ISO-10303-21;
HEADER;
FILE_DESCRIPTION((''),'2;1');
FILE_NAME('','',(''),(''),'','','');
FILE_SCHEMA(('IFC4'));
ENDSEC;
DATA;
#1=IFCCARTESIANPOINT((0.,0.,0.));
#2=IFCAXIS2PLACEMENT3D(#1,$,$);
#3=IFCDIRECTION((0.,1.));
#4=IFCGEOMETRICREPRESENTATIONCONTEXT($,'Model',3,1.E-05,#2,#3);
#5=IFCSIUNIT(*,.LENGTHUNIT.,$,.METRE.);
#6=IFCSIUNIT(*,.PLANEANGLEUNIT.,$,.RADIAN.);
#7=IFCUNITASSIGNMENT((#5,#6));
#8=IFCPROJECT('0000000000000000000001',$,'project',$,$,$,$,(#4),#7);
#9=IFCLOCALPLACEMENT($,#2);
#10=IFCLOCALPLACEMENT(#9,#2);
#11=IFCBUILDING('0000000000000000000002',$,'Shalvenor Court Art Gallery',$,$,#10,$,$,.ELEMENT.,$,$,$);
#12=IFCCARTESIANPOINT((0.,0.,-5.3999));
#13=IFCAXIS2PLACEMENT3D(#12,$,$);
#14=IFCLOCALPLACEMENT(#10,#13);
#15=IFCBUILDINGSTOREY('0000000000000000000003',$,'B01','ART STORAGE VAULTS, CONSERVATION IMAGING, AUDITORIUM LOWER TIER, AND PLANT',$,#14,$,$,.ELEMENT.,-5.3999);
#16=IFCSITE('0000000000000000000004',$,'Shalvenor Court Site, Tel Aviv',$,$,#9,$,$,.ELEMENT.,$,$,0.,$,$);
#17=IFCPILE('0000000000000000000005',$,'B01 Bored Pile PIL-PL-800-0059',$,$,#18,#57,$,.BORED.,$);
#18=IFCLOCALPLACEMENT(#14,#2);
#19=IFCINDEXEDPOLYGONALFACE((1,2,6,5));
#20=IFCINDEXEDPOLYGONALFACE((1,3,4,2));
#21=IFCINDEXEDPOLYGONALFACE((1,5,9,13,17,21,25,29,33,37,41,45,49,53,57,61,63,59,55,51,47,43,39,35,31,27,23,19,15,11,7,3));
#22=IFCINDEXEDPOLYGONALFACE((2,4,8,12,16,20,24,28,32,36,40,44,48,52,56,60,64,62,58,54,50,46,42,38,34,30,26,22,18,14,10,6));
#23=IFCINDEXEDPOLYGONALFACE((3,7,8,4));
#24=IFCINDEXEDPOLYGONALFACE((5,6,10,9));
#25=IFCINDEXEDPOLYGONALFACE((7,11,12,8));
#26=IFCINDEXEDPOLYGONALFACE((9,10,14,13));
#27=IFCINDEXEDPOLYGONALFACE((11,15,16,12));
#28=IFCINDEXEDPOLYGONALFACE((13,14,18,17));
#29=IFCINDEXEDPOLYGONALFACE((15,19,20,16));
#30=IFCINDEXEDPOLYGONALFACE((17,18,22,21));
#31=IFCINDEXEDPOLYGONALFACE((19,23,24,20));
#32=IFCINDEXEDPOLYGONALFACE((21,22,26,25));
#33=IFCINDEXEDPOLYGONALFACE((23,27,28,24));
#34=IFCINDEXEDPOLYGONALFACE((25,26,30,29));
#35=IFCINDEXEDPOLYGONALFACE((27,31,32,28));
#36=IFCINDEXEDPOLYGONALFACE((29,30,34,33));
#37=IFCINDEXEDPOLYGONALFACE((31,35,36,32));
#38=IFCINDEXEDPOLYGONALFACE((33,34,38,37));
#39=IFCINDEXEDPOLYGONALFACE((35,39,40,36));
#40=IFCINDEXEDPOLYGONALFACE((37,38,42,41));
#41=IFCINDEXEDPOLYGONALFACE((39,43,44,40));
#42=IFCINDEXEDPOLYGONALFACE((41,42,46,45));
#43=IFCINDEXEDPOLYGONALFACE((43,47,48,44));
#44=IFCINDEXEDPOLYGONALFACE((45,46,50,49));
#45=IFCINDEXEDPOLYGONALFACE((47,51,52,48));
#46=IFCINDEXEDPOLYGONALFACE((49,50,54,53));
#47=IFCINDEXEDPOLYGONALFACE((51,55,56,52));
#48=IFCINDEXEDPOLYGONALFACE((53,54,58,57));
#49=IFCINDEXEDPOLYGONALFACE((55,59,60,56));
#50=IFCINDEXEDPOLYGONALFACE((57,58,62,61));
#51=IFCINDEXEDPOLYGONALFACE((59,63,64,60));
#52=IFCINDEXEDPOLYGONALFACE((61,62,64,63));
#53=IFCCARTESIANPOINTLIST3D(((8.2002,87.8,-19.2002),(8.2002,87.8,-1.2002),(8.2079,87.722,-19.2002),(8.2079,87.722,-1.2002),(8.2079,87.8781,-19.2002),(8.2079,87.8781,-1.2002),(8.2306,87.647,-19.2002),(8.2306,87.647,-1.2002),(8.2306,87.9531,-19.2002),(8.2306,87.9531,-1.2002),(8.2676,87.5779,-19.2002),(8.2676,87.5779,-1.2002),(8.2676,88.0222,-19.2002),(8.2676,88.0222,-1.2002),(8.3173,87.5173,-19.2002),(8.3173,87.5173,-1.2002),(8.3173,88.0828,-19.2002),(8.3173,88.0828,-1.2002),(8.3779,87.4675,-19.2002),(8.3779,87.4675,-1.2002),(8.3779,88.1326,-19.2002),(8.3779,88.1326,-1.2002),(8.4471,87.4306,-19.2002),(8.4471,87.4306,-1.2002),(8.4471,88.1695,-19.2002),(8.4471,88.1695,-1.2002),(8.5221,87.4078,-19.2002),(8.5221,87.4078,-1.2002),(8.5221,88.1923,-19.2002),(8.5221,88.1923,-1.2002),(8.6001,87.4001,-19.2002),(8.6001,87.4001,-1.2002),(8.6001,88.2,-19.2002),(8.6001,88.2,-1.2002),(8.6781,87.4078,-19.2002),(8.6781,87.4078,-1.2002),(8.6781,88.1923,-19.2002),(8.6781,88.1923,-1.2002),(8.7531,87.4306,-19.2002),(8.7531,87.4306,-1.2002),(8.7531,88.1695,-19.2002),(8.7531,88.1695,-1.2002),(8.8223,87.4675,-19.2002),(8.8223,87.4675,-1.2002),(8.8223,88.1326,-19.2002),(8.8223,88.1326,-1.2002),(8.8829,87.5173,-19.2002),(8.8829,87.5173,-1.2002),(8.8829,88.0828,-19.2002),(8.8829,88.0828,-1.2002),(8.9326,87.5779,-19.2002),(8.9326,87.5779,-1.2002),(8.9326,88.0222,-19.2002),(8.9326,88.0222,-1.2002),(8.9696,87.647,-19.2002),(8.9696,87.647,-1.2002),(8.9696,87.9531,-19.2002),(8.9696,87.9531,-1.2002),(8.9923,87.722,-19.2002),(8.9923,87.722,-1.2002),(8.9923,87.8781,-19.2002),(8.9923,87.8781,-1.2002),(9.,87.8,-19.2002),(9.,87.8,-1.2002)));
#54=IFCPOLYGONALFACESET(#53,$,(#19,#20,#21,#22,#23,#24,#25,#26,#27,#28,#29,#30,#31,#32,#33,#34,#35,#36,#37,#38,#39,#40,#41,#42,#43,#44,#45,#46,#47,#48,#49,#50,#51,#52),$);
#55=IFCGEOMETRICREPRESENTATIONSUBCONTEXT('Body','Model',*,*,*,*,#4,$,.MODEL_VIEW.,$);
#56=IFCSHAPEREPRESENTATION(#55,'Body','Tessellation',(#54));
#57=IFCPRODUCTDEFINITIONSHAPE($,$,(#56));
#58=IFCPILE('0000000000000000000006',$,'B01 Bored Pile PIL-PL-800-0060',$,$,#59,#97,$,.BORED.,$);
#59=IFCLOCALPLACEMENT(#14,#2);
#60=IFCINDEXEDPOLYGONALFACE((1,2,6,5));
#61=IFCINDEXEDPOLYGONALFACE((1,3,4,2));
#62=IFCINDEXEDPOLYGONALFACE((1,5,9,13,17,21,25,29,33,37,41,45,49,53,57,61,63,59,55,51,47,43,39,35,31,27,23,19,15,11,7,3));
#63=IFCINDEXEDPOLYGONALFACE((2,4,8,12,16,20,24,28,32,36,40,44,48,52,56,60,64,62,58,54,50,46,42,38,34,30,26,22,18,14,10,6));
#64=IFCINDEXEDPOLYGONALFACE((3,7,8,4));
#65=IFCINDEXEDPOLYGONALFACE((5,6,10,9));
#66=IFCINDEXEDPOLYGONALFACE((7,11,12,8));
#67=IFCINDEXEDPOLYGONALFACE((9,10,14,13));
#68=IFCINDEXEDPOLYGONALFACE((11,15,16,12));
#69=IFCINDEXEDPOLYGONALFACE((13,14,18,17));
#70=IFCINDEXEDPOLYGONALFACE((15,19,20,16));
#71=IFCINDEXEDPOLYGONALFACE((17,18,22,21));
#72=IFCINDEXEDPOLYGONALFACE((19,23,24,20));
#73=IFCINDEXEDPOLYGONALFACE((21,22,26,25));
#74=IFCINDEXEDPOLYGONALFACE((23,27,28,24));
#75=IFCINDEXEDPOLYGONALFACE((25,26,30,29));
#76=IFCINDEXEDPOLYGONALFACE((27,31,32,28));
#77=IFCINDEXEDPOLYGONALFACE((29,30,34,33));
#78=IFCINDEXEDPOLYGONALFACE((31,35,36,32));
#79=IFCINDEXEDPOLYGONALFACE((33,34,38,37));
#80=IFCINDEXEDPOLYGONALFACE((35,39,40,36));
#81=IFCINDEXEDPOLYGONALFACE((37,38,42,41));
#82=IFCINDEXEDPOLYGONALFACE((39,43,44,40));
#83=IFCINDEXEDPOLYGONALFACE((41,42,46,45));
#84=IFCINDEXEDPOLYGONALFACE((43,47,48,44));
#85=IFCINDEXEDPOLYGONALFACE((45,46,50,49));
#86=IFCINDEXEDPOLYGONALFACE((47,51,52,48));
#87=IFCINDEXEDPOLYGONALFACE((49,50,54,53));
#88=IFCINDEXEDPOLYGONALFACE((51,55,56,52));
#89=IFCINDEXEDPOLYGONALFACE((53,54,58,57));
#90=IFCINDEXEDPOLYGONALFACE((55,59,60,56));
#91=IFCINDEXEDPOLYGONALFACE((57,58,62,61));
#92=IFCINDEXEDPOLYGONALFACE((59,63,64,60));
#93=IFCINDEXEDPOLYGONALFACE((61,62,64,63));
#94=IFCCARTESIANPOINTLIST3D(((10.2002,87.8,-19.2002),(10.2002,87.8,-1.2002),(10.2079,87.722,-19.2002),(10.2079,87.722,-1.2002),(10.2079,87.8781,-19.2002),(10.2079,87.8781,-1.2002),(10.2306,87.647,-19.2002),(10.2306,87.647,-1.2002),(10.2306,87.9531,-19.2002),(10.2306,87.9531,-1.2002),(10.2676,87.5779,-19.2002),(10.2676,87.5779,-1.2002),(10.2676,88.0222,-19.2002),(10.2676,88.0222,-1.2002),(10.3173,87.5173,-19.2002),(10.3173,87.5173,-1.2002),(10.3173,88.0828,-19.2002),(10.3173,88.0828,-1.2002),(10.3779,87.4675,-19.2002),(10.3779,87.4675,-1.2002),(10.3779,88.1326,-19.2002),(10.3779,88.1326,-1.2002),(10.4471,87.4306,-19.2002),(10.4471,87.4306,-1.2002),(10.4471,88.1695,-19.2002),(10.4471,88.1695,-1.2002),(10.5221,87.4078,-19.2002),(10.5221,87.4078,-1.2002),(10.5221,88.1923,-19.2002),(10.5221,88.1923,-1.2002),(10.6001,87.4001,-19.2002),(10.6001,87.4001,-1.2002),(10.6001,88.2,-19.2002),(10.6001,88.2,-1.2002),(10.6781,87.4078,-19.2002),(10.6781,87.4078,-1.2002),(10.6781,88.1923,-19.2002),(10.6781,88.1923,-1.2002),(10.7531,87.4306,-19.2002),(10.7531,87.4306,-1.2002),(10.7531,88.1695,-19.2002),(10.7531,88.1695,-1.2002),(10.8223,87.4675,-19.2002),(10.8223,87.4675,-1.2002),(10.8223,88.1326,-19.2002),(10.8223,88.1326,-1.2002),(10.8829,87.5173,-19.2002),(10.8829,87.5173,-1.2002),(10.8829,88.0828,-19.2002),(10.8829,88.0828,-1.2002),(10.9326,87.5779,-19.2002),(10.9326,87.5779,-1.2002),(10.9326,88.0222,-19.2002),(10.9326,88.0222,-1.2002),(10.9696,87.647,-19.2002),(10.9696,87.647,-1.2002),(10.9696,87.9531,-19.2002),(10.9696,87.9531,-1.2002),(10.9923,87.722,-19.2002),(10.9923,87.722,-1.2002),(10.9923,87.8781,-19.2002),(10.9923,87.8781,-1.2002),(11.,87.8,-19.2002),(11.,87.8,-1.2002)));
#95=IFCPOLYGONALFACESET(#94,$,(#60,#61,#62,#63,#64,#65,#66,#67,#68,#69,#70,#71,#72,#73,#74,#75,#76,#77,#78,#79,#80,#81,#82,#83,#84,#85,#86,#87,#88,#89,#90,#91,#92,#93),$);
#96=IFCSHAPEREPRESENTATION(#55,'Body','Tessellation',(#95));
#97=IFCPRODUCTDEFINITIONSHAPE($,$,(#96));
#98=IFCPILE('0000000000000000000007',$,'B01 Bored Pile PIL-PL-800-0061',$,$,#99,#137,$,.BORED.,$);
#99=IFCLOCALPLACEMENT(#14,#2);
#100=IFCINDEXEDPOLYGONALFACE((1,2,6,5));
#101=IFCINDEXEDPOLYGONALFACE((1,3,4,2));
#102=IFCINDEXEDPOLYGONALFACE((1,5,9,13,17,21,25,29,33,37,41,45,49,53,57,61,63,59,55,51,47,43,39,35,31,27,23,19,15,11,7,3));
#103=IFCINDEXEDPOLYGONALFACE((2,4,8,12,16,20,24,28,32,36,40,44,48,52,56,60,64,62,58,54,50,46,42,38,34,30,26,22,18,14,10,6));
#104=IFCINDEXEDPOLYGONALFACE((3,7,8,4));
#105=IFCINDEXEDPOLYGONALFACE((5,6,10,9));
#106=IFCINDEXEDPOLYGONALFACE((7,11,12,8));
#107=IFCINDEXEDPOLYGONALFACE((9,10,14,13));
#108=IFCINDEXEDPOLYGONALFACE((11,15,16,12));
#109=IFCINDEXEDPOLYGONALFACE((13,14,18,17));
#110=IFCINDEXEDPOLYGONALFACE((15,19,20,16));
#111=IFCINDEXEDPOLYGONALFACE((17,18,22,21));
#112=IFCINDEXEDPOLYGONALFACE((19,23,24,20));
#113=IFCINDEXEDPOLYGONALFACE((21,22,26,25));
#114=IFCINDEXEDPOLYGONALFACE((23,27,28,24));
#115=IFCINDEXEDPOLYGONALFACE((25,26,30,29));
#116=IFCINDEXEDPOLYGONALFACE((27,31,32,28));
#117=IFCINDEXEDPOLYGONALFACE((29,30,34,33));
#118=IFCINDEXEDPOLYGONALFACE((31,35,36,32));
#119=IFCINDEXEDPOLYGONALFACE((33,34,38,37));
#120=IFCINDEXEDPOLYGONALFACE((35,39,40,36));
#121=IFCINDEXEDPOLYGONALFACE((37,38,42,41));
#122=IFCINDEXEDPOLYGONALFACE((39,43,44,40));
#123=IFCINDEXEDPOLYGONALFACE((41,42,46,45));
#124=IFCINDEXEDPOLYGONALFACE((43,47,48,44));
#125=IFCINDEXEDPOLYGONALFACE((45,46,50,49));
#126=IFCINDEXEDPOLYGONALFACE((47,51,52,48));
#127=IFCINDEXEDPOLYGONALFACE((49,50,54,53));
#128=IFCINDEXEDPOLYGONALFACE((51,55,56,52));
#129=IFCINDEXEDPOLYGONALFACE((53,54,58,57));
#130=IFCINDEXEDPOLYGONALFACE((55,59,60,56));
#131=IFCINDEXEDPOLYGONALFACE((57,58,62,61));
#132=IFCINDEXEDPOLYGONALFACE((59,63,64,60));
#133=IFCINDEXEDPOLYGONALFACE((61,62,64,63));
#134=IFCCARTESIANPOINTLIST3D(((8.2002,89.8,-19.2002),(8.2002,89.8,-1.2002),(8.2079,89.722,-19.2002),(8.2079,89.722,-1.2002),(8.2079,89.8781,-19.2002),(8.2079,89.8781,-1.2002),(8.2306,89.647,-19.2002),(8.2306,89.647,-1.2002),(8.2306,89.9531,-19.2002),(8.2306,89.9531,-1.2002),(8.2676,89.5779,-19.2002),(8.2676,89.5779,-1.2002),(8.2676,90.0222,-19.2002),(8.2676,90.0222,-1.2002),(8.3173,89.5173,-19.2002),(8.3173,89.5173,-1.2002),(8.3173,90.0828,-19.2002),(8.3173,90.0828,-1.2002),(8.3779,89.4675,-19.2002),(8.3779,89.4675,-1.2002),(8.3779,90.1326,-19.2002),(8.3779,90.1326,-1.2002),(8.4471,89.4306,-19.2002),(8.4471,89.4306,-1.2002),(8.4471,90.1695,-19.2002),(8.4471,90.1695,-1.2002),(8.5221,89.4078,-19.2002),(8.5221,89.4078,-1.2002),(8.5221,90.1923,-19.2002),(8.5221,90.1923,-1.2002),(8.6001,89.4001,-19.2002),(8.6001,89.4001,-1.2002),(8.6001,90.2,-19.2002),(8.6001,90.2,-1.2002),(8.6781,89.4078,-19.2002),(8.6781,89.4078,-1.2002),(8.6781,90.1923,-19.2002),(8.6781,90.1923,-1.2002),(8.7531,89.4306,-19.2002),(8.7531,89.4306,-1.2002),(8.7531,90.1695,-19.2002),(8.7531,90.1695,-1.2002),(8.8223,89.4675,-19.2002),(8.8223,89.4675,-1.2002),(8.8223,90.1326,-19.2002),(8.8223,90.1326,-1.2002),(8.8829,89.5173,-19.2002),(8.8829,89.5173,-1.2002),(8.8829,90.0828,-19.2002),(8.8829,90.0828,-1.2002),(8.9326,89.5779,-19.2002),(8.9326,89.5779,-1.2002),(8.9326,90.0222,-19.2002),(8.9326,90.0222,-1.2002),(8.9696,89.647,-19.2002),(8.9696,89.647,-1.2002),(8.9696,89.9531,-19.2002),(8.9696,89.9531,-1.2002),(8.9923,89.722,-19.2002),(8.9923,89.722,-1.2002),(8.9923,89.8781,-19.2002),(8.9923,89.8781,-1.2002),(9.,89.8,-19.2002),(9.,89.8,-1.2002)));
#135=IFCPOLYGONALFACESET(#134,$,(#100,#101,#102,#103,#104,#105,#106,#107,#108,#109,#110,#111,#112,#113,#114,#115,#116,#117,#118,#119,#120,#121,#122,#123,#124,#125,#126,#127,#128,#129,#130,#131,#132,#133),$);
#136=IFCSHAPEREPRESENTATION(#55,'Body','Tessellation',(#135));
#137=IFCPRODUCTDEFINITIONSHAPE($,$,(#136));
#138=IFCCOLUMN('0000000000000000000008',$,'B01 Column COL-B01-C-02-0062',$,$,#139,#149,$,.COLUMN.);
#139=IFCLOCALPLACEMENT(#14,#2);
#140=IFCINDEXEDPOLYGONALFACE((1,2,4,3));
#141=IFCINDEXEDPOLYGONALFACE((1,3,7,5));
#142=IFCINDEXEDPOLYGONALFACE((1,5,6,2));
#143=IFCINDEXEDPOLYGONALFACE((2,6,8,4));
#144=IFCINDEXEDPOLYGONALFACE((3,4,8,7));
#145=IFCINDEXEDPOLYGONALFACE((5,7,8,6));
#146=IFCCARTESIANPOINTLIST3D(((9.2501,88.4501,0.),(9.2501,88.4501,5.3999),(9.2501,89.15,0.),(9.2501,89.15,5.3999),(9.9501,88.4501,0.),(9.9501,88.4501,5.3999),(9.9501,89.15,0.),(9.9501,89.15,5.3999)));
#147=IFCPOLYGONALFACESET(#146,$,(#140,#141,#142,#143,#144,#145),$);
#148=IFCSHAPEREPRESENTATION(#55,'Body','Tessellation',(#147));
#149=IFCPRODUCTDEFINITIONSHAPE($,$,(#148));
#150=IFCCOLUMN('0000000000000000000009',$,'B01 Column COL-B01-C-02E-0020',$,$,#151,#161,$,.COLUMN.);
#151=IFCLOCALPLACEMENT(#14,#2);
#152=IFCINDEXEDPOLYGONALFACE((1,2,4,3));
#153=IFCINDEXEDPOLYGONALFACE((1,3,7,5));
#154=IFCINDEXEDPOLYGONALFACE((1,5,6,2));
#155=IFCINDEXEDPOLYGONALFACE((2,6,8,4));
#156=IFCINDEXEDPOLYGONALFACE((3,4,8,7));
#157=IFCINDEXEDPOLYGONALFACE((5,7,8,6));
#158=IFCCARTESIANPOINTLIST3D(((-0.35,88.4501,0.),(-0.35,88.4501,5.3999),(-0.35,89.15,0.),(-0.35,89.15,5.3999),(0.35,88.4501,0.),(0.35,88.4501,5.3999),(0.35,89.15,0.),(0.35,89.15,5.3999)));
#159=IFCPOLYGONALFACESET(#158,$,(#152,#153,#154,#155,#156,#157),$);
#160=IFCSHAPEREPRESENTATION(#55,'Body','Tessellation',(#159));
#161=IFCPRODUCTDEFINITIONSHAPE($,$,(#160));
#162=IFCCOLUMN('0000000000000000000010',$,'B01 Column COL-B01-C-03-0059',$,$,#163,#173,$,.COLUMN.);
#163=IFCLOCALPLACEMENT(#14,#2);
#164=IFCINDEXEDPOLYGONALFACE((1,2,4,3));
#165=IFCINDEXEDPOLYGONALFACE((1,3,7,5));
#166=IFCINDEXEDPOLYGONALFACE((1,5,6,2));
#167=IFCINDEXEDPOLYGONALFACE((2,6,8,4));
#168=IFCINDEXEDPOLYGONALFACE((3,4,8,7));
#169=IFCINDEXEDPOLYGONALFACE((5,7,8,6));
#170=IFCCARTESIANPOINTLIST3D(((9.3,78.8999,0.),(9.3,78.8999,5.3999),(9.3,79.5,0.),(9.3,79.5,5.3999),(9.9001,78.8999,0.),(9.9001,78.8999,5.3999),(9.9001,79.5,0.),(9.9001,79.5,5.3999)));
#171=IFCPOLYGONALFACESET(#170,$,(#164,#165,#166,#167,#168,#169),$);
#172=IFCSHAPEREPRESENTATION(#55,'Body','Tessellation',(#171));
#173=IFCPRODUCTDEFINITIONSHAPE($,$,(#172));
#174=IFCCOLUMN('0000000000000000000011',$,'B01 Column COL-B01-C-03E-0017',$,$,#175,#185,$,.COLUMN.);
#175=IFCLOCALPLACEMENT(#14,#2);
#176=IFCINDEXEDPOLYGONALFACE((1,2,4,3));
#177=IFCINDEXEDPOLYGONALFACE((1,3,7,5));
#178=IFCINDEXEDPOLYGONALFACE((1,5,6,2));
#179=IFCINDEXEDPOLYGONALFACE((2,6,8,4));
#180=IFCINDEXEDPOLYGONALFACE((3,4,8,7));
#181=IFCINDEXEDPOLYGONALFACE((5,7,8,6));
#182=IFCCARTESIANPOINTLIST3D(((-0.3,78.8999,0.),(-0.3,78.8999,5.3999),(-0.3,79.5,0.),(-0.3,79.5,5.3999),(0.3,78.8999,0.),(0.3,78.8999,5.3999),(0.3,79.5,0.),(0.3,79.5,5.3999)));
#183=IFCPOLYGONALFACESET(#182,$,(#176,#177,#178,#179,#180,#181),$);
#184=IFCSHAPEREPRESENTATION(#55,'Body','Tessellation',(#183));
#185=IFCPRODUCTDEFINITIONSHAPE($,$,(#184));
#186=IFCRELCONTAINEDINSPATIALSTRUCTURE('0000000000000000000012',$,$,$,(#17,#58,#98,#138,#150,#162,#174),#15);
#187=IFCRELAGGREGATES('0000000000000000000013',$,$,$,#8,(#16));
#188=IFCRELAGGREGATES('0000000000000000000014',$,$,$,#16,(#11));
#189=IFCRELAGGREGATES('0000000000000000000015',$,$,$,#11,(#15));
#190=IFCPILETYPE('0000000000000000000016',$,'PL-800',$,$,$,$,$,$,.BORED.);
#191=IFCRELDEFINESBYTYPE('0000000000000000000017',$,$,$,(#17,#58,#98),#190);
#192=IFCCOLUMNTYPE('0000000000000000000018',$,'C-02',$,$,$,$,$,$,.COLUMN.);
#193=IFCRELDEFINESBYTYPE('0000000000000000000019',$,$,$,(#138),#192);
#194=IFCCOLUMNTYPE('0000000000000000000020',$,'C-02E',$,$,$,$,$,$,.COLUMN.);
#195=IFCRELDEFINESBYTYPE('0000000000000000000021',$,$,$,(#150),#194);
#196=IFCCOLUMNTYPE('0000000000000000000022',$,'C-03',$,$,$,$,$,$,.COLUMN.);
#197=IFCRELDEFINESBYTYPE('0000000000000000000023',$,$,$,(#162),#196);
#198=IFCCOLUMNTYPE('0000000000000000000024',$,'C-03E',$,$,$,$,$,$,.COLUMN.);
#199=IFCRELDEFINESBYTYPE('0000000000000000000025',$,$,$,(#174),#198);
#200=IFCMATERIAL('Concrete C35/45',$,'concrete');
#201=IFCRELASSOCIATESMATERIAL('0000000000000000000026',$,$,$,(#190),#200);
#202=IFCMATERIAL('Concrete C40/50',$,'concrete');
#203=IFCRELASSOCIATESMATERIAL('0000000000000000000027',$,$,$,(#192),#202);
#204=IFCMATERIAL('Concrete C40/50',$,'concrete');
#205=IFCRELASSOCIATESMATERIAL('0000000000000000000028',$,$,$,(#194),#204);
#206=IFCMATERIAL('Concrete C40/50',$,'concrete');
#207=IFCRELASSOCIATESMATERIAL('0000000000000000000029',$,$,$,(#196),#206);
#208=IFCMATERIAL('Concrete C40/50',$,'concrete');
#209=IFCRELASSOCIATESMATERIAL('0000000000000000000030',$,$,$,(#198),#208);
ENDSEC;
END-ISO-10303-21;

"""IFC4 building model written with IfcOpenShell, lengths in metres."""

from ifc_helpers import new_model, si_unit, direction, frame, origin, origin_2d, place, context, subcontext, project, spatial, rectangle, circle, extrude, material, material_profile, profile_set, type_object, element, save


model = new_model("IFC4")

# Units and contexts
model_context = context("Model", 3, precision=1e-05, world=origin(), true_north=direction((0.0, 1.0)))
body_context = subcontext(model_context, "Body", "Model", "MODEL_VIEW")
ifc_project = project(units=[si_unit("LENGTHUNIT", "METRE"), si_unit("PLANEANGLEUNIT", "RADIAN")], contexts=[model_context])

# Site, building, storey
site_placement = place(None, origin())
site = spatial("IfcSite", under=ifc_project, at=site_placement, Name="Shalvenor Court Site, Tel Aviv", CompositionType="ELEMENT", RefElevation=0.0)
building_placement = place(site_placement, origin())
building = spatial("IfcBuilding", under=site, at=building_placement, Name="Shalvenor Court Art Gallery", CompositionType="ELEMENT")
storey_placement = place(building_placement, frame((0.0, 0.0, -5.3999)))
storey = spatial("IfcBuildingStorey", under=building, at=storey_placement, Name="B01", Description="ART STORAGE VAULTS, CONSERVATION IMAGING, AUDITORIUM LOWER TIER, AND PLANT", CompositionType="ELEMENT", Elevation=-5.3999)

# Piles
ifc_material_1 = material(Name="Concrete C35/45", Category="concrete")
ifc_material_profile_1 = material_profile(ifc_material_1, circle(Radius=0.3999, at=origin_2d()), Name="PILE 800")
ifc_profile_set_1 = profile_set([ifc_material_profile_1], Name="Concrete C35/45")
pile_type_1 = type_object("IfcPileType", Name="PL-800", PredefinedType="BORED", material=ifc_profile_set_1)
for number, where, z_axis, x_axis, name in (
    (1, (8.6001, 87.8, -1.2002), (0.0, 0.0, -1.0), (1.0, 0.0, 0.0), "B01 Bored Pile PIL-PL-800-0059"),
    (2, (10.6001, 87.8, -1.2002), (0.0, 0.0, -1.0), (1.0, 0.0, 0.0), "B01 Bored Pile PIL-PL-800-0060"),
    (3, (8.6001, 89.8, -1.2002), (0.0, 0.0, -1.0), (1.0, 0.0, 0.0), "B01 Bored Pile PIL-PL-800-0061"),
):
    element("IfcPile", number, at=place(storey_placement, frame(where, z_axis=z_axis, x_axis=x_axis)), inside=storey, type_object=pile_type_1, Name=name, PredefinedType="BORED", context=body_context, shape_type="SweptSolid", body=[
        extrude(circle(Radius=0.3999, at=origin_2d()), origin(), (0.0, 0.0, 1.0), 18.0),
    ])

# Columns
ifc_material_2 = material(Name="Concrete C40/50", Category="concrete")
ifc_material_profile_2 = material_profile(ifc_material_2, rectangle(XDim=0.7, YDim=0.7, at=origin_2d()), Name="RC 700x700")
ifc_profile_set_2 = profile_set([ifc_material_profile_2], Name="Concrete C40/50")
column_type_1 = type_object("IfcColumnType", Name="C-02", PredefinedType="COLUMN", material=ifc_profile_set_2)
column_1_placement = place(storey_placement, frame((9.6001, 88.8, 0.0), z_axis=(0.0, 0.0, 1.0), x_axis=(1.0, 0.0, 0.0)))
element("IfcColumn", 4, at=column_1_placement, inside=storey, type_object=column_type_1, Name="B01 Column COL-B01-C-02-0062", PredefinedType="COLUMN", context=body_context, shape_type="SweptSolid", body=[
    extrude(rectangle(XDim=0.7, YDim=0.7, at=origin_2d()), origin(), (0.0, 0.0, 1.0), 5.3999),
])
ifc_material_3 = material(Name="Concrete C40/50", Category="concrete")
ifc_material_profile_3 = material_profile(ifc_material_3, rectangle(XDim=0.7, YDim=0.7, at=origin_2d()), Name="RC 700x700")
ifc_profile_set_3 = profile_set([ifc_material_profile_3], Name="Concrete C40/50")
column_type_2 = type_object("IfcColumnType", Name="C-02E", PredefinedType="COLUMN", material=ifc_profile_set_3)
column_2_placement = place(storey_placement, frame((0.0, 88.8, 0.0), z_axis=(0.0, 0.0, 1.0), x_axis=(1.0, 0.0, 0.0)))
element("IfcColumn", 5, at=column_2_placement, inside=storey, type_object=column_type_2, Name="B01 Column COL-B01-C-02E-0020", PredefinedType="COLUMN", context=body_context, shape_type="SweptSolid", body=[
    extrude(rectangle(XDim=0.7, YDim=0.7, at=origin_2d()), origin(), (0.0, 0.0, 1.0), 5.3999),
])
ifc_material_4 = material(Name="Concrete C40/50", Category="concrete")
ifc_material_profile_4 = material_profile(ifc_material_4, rectangle(XDim=0.6001, YDim=0.6001, at=origin_2d()), Name="RC 600x600")
ifc_profile_set_4 = profile_set([ifc_material_profile_4], Name="Concrete C40/50")
column_type_3 = type_object("IfcColumnType", Name="C-03", PredefinedType="COLUMN", material=ifc_profile_set_4)
column_3_placement = place(storey_placement, frame((9.6001, 79.2, 0.0), z_axis=(0.0, 0.0, 1.0), x_axis=(1.0, 0.0, 0.0)))
element("IfcColumn", 6, at=column_3_placement, inside=storey, type_object=column_type_3, Name="B01 Column COL-B01-C-03-0059", PredefinedType="COLUMN", context=body_context, shape_type="SweptSolid", body=[
    extrude(rectangle(XDim=0.6001, YDim=0.6001, at=origin_2d()), origin(), (0.0, 0.0, 1.0), 5.3999),
])
ifc_material_5 = material(Name="Concrete C40/50", Category="concrete")
ifc_material_profile_5 = material_profile(ifc_material_5, rectangle(XDim=0.6001, YDim=0.6001, at=origin_2d()), Name="RC 600x600")
ifc_profile_set_5 = profile_set([ifc_material_profile_5], Name="Concrete C40/50")
column_type_4 = type_object("IfcColumnType", Name="C-03E", PredefinedType="COLUMN", material=ifc_profile_set_5)
column_4_placement = place(storey_placement, frame((0.0, 79.2, 0.0), z_axis=(0.0, 0.0, 1.0), x_axis=(1.0, 0.0, 0.0)))
element("IfcColumn", 7, at=column_4_placement, inside=storey, type_object=column_type_4, Name="B01 Column COL-B01-C-03E-0017", PredefinedType="COLUMN", context=body_context, shape_type="SweptSolid", body=[
    extrude(rectangle(XDim=0.6001, YDim=0.6001, at=origin_2d()), origin(), (0.0, 0.0, 1.0), 5.3999),
])

save(model, "model.ifc")
